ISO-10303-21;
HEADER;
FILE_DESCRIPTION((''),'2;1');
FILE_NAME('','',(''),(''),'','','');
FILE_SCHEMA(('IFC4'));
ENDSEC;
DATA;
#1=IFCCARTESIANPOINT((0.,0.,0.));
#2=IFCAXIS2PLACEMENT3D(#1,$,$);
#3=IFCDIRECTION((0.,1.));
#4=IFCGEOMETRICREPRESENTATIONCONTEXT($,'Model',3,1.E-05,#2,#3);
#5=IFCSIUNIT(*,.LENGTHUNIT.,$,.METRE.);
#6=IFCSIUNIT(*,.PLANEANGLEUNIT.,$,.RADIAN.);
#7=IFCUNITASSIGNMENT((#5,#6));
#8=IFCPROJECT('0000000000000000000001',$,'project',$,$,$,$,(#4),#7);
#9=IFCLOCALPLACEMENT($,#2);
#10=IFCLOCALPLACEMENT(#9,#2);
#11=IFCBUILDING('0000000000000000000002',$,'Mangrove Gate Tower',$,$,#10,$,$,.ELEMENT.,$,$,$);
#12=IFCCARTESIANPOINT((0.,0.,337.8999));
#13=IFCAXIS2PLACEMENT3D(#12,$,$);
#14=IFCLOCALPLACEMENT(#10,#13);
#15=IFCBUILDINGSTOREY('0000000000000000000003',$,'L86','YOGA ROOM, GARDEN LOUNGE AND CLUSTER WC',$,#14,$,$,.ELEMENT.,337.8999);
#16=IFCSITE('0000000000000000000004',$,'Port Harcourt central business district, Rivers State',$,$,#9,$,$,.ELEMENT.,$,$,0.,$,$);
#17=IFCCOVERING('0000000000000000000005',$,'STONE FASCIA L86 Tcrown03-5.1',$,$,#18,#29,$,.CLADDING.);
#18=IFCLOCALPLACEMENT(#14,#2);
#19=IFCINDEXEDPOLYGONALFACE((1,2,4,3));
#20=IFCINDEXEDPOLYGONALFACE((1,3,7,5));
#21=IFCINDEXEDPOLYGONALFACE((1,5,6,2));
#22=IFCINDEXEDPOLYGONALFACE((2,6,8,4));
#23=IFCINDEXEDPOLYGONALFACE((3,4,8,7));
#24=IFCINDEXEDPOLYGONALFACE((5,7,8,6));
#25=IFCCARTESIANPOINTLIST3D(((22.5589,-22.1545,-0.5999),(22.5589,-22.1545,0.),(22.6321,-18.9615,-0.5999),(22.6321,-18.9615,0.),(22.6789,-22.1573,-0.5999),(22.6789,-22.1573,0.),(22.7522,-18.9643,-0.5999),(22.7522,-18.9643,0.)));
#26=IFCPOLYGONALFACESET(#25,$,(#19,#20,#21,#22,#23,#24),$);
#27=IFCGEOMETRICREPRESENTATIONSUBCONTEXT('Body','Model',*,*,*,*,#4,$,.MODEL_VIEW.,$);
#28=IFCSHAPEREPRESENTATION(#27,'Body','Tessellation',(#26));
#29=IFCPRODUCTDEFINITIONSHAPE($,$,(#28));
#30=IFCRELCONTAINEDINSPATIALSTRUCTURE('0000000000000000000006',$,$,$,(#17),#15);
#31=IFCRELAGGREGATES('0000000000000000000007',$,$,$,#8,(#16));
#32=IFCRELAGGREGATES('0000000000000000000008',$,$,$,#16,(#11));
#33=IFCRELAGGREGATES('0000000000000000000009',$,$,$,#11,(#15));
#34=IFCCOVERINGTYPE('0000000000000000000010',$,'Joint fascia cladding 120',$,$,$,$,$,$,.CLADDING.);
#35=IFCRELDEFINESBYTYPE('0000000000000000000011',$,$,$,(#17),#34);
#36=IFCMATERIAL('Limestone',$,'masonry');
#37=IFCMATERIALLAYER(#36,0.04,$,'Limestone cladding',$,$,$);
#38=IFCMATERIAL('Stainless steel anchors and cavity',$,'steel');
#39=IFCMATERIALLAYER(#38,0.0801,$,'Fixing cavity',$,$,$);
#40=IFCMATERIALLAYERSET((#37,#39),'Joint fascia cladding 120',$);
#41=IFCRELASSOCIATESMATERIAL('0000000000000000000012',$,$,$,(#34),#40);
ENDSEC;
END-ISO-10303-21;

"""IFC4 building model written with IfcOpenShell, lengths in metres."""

from ifc_helpers import new_model, si_unit, direction, frame, frame_2d, origin, place, context, subcontext, project, spatial, rectangle, extrude, material, layer, layer_set, type_object, element, save


model = new_model("IFC4")

# Units and contexts
model_context = context("Model", 3, precision=1e-05, world=origin(), true_north=direction((0.0, 1.0)))
body_context = subcontext(model_context, "Body", "Model", "MODEL_VIEW")
ifc_project = project(units=[si_unit("LENGTHUNIT", "METRE"), si_unit("PLANEANGLEUNIT", "RADIAN")], contexts=[model_context])

# Site, building, storey
site_placement = place(None, origin())
site = spatial("IfcSite", under=ifc_project, at=site_placement, Name="Port Harcourt central business district, Rivers State", CompositionType="ELEMENT", RefElevation=0.0)
building_placement = place(site_placement, origin())
building = spatial("IfcBuilding", under=site, at=building_placement, Name="Mangrove Gate Tower", CompositionType="ELEMENT")
storey_placement = place(building_placement, frame((0.0, 0.0, 337.8999)))
storey = spatial("IfcBuildingStorey", under=building, at=storey_placement, Name="L86", Description="YOGA ROOM, GARDEN LOUNGE AND CLUSTER WC", CompositionType="ELEMENT", Elevation=337.8999)

# Shared definitions
ifc_material_1 = material(Name="Limestone", Category="masonry")

# Covering
ifc_layer_1 = layer(ifc_material_1, 0.04, Name="Limestone cladding")
ifc_material_2 = material(Name="Stainless steel anchors and cavity", Category="steel")
ifc_layer_2 = layer(ifc_material_2, 0.0801, Name="Fixing cavity")
ifc_layer_set_1 = layer_set([ifc_layer_1, ifc_layer_2], Name="Joint fascia cladding 120")
covering_type = type_object("IfcCoveringType", Name="Joint fascia cladding 120", PredefinedType="CLADDING", material=ifc_layer_set_1)
covering_1_placement = place(storey_placement, frame((22.6921, -18.9629, -0.5999), z_axis=(0.0, 0.0, 1.0), x_axis=(-0.022932, -0.999737, 0.0)))
element("IfcCovering", 1, at=covering_1_placement, inside=storey, type_object=covering_type, Name="STONE FASCIA L86 Tcrown03-5.1", PredefinedType="CLADDING", context=body_context, shape_type="SweptSolid", body=[
    extrude(rectangle(XDim=3.1938, YDim=0.1201, at=frame_2d((1.5969, 0.0))), origin(), (0.0, 0.0, 1.0), 0.5999),
])

save(model, "model.ifc")
